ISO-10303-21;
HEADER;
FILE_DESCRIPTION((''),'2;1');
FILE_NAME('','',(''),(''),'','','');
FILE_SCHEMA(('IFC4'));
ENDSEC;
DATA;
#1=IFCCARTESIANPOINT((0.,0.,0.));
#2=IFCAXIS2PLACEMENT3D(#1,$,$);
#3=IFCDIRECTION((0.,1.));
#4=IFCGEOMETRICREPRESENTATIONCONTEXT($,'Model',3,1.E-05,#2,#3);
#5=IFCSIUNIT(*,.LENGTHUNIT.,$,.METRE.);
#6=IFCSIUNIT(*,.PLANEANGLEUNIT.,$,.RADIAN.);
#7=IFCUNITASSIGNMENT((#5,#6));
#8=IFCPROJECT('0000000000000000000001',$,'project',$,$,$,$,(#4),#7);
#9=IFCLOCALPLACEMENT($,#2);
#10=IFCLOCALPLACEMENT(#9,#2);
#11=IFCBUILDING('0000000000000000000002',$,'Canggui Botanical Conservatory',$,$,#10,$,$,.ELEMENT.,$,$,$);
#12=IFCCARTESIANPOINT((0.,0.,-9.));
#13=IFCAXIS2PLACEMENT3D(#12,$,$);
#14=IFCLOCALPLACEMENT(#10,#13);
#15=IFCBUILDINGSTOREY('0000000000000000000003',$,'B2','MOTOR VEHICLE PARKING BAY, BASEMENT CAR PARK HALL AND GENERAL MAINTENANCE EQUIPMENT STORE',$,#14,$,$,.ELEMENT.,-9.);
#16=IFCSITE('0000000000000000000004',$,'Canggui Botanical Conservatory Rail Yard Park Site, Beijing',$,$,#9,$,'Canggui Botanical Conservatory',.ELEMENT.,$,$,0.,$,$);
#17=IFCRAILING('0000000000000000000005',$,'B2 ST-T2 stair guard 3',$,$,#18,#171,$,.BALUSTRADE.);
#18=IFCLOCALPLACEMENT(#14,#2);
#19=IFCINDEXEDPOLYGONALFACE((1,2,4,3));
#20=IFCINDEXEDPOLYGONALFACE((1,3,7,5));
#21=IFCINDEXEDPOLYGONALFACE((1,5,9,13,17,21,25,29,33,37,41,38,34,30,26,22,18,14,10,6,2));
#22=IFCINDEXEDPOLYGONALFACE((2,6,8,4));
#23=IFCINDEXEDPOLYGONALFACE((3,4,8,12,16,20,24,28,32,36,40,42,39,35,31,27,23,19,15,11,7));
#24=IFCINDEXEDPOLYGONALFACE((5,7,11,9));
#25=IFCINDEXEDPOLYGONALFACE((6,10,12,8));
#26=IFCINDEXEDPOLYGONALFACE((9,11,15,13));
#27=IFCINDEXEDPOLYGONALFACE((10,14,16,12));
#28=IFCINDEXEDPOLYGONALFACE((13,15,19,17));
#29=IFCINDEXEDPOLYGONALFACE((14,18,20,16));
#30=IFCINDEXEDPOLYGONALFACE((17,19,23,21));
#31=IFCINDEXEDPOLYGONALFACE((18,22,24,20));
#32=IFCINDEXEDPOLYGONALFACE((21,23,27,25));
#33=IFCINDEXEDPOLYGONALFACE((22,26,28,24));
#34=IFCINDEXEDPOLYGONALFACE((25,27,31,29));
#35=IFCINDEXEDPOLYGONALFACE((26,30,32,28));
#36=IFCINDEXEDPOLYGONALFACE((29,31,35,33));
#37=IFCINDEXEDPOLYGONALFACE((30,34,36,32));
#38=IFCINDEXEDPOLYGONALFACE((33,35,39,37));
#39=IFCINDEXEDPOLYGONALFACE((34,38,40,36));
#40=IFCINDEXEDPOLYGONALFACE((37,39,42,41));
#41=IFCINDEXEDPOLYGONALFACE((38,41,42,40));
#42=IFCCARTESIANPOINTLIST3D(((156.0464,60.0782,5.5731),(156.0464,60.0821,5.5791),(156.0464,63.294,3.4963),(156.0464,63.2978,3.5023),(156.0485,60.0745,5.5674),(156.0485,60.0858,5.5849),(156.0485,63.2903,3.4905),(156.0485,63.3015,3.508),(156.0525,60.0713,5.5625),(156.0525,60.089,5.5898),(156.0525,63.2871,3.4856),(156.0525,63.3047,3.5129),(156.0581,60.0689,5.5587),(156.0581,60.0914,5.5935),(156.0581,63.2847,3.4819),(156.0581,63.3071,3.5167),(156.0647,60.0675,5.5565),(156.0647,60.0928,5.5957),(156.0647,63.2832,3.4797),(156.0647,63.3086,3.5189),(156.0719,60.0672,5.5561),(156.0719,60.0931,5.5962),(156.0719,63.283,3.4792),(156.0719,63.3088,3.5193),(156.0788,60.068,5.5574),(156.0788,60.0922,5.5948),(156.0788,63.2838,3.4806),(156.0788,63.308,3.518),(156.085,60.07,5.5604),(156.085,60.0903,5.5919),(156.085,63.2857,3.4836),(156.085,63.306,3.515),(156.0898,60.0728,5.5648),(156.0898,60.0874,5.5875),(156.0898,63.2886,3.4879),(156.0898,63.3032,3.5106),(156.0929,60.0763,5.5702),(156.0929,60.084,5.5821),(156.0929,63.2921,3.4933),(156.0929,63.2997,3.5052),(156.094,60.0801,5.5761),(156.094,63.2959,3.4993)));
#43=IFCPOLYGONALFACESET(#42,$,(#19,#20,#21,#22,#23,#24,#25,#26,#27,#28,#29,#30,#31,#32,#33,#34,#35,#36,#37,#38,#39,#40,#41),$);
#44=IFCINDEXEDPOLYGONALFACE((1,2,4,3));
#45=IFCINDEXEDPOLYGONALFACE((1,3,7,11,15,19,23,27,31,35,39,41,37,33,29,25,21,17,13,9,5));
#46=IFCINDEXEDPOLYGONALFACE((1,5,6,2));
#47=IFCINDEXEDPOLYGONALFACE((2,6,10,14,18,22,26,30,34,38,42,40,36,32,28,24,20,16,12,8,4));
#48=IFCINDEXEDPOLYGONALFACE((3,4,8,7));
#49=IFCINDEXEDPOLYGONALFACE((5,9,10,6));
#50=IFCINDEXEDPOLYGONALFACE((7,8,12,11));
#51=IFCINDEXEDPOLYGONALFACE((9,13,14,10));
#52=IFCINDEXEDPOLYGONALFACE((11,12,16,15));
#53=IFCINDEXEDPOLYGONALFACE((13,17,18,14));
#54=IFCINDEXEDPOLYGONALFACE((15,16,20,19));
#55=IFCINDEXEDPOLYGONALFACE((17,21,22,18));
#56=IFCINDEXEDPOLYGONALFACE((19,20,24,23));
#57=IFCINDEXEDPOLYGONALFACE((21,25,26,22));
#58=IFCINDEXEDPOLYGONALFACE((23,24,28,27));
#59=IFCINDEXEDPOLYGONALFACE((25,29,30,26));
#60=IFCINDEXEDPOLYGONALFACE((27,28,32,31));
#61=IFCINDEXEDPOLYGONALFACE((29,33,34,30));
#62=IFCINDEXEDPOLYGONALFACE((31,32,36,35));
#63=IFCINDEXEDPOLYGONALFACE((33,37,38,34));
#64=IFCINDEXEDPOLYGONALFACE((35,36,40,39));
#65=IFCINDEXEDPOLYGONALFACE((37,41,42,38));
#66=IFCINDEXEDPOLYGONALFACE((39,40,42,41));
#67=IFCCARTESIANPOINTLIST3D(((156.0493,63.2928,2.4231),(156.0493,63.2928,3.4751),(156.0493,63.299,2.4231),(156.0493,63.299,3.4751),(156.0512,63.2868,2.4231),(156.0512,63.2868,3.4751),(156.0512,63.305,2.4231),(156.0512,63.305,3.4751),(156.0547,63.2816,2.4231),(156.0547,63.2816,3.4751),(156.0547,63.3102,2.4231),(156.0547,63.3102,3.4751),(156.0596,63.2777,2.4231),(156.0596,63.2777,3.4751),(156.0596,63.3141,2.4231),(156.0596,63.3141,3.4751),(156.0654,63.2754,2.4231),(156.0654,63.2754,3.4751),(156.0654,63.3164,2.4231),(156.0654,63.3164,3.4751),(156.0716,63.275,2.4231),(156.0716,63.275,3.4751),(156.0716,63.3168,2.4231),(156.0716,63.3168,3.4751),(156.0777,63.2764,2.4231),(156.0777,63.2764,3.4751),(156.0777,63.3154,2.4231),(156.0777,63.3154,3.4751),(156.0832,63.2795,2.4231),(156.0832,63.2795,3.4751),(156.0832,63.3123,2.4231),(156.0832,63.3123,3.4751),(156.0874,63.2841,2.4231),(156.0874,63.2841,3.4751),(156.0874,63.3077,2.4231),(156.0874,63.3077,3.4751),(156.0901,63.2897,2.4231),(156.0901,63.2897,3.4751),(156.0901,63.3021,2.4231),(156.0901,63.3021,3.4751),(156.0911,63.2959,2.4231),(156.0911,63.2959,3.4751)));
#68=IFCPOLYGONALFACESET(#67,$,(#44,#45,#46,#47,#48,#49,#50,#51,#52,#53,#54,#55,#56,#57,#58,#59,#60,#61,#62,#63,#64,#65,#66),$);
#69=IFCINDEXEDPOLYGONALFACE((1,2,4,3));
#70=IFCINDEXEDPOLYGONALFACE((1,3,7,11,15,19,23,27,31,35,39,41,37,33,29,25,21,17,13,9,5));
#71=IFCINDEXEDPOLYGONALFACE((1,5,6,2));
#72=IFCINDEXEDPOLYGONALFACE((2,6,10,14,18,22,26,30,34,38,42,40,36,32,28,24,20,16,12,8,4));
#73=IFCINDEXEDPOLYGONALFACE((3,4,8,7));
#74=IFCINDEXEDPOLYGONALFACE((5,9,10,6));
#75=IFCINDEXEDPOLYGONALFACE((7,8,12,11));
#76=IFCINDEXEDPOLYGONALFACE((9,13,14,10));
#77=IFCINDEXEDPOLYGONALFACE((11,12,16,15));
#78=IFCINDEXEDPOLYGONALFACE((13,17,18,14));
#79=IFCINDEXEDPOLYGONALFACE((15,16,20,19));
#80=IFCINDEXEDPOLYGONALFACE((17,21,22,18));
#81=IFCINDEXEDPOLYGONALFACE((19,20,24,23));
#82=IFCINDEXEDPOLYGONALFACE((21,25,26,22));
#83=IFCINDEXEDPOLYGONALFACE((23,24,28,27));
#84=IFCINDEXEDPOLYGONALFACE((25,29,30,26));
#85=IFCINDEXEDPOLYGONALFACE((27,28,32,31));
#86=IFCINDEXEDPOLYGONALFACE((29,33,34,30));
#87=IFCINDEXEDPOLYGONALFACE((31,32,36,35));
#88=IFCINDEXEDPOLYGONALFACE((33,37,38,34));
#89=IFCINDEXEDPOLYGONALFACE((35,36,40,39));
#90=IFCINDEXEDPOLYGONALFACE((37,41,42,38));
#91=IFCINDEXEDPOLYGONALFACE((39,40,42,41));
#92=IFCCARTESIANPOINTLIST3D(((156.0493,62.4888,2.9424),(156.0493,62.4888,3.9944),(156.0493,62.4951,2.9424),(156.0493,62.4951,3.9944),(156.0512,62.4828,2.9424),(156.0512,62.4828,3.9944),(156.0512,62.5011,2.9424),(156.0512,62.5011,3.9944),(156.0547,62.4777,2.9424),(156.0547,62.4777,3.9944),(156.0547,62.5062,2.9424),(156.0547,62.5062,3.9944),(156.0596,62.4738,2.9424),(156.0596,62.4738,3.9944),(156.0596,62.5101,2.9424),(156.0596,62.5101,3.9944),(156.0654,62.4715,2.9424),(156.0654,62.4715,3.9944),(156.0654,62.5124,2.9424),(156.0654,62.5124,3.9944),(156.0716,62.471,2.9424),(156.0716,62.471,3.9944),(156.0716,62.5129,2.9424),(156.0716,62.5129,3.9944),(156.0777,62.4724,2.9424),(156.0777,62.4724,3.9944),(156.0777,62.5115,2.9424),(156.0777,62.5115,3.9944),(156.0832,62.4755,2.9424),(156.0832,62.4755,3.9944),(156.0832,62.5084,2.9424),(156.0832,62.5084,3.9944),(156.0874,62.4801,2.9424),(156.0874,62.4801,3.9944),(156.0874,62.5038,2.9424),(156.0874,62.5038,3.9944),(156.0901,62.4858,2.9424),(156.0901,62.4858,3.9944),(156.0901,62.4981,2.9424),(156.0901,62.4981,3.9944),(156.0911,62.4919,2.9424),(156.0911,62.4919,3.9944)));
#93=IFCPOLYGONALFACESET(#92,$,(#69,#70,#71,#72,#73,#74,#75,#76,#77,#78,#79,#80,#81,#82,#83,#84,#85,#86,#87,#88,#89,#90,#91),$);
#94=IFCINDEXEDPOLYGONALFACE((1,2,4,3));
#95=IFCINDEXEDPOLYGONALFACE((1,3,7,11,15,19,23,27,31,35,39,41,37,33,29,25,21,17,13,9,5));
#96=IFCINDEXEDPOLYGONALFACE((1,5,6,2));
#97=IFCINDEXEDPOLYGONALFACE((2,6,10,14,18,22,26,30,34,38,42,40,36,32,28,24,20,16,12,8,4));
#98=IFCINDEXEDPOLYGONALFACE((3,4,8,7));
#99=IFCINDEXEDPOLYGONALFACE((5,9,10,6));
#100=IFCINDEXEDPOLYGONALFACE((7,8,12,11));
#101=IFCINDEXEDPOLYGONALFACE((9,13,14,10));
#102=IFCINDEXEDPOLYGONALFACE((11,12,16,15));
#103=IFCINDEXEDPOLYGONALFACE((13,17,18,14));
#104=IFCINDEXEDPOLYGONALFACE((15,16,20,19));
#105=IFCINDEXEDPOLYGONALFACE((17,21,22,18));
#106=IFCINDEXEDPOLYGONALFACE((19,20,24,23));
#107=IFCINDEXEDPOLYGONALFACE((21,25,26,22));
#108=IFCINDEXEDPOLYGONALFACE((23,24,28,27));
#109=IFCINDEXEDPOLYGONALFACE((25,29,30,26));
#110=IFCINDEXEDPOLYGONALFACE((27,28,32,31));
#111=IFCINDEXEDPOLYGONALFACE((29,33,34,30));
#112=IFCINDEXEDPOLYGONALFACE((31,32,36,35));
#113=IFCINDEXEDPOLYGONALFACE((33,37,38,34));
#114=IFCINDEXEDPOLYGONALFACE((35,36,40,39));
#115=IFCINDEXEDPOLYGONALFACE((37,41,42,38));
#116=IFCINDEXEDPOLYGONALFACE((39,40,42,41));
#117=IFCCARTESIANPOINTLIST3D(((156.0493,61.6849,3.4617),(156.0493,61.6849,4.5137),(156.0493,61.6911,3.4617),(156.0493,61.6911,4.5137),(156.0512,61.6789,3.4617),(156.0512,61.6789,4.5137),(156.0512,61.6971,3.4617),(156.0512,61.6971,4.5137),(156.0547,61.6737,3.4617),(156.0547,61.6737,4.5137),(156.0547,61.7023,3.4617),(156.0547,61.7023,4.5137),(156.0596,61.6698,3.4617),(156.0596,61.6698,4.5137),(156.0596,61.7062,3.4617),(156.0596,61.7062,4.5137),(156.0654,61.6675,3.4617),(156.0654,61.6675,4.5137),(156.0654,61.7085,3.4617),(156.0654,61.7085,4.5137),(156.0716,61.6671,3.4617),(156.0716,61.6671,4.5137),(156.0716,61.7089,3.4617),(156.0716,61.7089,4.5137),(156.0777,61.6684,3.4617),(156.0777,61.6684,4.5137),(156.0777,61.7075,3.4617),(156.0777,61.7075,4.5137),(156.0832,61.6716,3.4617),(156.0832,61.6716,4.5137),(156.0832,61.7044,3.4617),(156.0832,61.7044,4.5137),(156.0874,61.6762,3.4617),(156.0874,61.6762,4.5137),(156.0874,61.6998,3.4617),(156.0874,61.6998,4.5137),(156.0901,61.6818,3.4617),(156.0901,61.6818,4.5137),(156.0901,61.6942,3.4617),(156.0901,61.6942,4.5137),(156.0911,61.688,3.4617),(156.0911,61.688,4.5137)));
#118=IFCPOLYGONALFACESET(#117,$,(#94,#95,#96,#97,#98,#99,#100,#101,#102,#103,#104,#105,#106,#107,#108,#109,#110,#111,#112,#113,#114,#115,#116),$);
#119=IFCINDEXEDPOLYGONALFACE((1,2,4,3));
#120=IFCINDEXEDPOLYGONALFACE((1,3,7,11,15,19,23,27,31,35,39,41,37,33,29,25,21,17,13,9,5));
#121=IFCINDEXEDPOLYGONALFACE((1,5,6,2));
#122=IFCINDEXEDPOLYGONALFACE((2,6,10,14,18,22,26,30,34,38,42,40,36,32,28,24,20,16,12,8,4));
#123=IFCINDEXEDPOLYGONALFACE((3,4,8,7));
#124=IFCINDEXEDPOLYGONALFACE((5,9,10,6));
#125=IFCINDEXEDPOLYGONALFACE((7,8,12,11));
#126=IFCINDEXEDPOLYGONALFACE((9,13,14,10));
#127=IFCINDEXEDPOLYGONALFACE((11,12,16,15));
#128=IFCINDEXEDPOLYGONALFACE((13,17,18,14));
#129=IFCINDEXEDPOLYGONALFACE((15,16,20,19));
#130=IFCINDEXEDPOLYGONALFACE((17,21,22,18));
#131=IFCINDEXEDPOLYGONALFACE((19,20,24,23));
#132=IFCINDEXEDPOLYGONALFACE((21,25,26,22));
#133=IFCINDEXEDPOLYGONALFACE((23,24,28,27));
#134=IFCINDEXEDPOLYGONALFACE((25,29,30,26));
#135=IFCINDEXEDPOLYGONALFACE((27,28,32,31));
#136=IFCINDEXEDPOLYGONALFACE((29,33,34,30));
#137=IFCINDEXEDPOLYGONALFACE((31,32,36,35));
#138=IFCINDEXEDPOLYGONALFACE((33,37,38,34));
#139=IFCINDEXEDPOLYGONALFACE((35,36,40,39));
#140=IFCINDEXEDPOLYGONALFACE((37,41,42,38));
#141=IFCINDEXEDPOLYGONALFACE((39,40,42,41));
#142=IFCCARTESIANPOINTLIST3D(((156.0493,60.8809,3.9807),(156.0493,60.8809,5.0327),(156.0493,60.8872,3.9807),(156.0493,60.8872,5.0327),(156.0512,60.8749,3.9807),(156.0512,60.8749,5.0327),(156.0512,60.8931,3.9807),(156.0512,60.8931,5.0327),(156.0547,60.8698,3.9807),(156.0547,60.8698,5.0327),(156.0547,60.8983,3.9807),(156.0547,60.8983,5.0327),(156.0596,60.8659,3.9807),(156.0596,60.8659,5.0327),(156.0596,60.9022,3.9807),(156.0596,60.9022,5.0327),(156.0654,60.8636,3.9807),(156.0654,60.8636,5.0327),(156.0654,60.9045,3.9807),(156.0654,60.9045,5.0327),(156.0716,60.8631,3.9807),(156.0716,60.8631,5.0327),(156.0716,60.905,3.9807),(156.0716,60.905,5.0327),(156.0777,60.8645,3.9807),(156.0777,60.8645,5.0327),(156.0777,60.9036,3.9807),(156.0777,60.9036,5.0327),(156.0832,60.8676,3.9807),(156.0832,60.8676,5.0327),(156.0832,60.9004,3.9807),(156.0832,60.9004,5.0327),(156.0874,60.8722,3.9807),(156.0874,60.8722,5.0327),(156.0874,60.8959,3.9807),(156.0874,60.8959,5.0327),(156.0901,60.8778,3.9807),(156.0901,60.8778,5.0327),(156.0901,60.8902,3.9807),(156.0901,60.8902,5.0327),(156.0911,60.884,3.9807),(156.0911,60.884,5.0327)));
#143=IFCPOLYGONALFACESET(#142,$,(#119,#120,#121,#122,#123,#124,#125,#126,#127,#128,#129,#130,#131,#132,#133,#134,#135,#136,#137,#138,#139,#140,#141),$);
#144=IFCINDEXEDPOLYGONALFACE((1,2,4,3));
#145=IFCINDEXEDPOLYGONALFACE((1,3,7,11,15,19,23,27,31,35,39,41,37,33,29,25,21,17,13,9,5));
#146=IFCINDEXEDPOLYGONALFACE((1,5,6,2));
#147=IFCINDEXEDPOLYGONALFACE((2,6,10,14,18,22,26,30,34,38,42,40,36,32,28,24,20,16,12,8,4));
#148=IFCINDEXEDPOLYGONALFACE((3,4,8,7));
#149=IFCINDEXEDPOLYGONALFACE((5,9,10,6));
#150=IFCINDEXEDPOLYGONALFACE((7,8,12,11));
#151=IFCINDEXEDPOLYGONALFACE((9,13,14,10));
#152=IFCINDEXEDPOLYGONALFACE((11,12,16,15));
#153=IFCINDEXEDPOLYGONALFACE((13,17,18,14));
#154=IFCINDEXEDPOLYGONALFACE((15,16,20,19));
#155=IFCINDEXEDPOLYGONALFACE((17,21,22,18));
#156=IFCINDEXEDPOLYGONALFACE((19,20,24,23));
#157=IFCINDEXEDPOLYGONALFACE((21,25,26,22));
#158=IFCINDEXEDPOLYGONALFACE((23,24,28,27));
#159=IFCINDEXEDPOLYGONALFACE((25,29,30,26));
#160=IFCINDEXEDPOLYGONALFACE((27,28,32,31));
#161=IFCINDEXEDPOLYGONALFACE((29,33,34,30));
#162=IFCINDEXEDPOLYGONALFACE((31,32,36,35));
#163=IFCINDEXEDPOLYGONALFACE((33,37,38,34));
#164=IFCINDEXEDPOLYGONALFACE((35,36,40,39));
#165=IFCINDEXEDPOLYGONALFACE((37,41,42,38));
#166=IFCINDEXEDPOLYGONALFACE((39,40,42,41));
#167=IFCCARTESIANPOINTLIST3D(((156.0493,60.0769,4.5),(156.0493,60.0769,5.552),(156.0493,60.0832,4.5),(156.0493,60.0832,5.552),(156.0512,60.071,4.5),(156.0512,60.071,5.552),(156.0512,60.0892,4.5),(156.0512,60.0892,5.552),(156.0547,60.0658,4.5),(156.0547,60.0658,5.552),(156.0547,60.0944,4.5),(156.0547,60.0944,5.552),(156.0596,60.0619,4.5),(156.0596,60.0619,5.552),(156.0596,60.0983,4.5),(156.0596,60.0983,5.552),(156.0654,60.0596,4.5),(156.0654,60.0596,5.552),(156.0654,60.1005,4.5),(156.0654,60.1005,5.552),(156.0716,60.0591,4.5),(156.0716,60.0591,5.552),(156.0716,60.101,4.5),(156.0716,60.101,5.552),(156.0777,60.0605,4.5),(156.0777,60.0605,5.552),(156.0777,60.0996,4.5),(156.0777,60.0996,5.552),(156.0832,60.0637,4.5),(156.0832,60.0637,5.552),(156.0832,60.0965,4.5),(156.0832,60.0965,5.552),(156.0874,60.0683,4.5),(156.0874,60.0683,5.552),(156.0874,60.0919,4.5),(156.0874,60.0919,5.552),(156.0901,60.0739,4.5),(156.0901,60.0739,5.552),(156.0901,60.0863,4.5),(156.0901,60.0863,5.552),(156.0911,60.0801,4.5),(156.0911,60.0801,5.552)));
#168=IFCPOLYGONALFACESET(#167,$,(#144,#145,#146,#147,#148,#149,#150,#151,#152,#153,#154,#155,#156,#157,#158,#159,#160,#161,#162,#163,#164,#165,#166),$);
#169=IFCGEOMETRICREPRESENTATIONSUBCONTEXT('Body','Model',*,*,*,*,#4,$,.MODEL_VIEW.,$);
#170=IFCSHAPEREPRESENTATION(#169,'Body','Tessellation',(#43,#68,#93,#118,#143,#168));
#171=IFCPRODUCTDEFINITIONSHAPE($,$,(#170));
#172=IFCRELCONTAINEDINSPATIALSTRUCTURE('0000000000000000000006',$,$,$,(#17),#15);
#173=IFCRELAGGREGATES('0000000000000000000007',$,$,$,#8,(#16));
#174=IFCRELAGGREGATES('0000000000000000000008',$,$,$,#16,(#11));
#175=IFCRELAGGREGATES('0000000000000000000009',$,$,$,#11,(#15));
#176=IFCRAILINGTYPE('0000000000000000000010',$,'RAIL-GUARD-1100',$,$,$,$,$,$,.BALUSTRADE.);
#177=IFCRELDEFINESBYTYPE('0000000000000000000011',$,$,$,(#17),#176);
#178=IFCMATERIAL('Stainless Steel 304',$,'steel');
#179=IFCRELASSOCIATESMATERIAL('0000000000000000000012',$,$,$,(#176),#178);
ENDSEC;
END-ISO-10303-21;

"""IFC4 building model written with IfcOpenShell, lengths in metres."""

from ifc_helpers import new_model, si_unit, direction, frame, origin, origin_2d, place, context, subcontext, project, spatial, circle, extrude, material, type_object, element, save


model = new_model("IFC4")

# Units and contexts
model_context = context("Model", 3, precision=1e-05, world=origin(), true_north=direction((0.0, 1.0)))
body_context = subcontext(model_context, "Body", "Model", "MODEL_VIEW")
ifc_project = project(units=[si_unit("LENGTHUNIT", "METRE"), si_unit("PLANEANGLEUNIT", "RADIAN")], contexts=[model_context])

# Site, building, storey
site_placement = place(None, origin())
site = spatial("IfcSite", under=ifc_project, at=site_placement, Name="Canggui Botanical Conservatory Rail Yard Park Site, Beijing", LongName="Canggui Botanical Conservatory", CompositionType="ELEMENT", RefElevation=0.0)
building_placement = place(site_placement, origin())
building = spatial("IfcBuilding", under=site, at=building_placement, Name="Canggui Botanical Conservatory", CompositionType="ELEMENT")
storey_placement = place(building_placement, frame((0.0, 0.0, -9.0)))
storey = spatial("IfcBuildingStorey", under=building, at=storey_placement, Name="B2", Description="MOTOR VEHICLE PARKING BAY, BASEMENT CAR PARK HALL AND GENERAL MAINTENANCE EQUIPMENT STORE", CompositionType="ELEMENT", Elevation=-9.0)

# Railing
ifc_material_1 = material(Name="Stainless Steel 304", Category="steel")
railing_type_1 = type_object("IfcRailingType", Name="RAIL-GUARD-1100", PredefinedType="BALUSTRADE", material=ifc_material_1)
railing_1_placement = place(storey_placement, frame((156.0701, 63.2959, 2.4231)))
element("IfcRailing", 1, at=railing_1_placement, inside=storey, type_object=railing_type_1, Name="B2 ST-T2 stair guard 3", PredefinedType="BALUSTRADE", context=body_context, shape_type="SweptSolid", body=[
    extrude(circle(Radius=0.0239, at=origin_2d()), frame((0.0, 0.0, 1.0762), z_axis=(0.0, -0.840037, 0.542529), x_axis=(1.0, 0.0, 0.0)), (0.0, 0.0, 1.0), 3.8281),
    extrude(circle(Radius=0.021, at=origin_2d()), origin(), (0.0, 0.0, 1.0), 1.052),
    extrude(circle(Radius=0.021, at=origin_2d()), frame((0.0, -0.804, 0.5193)), (0.0, 0.0, 1.0), 1.052),
    extrude(circle(Radius=0.021, at=origin_2d()), frame((0.0, -1.6079, 1.0386)), (0.0, 0.0, 1.0), 1.052),
    extrude(circle(Radius=0.021, at=origin_2d()), frame((0.0, -2.4119, 1.5576)), (0.0, 0.0, 1.0), 1.052),
    extrude(circle(Radius=0.021, at=origin_2d()), frame((0.0, -3.2158, 2.0769)), (0.0, 0.0, 1.0), 1.052),
])

save(model, "model.ifc")
